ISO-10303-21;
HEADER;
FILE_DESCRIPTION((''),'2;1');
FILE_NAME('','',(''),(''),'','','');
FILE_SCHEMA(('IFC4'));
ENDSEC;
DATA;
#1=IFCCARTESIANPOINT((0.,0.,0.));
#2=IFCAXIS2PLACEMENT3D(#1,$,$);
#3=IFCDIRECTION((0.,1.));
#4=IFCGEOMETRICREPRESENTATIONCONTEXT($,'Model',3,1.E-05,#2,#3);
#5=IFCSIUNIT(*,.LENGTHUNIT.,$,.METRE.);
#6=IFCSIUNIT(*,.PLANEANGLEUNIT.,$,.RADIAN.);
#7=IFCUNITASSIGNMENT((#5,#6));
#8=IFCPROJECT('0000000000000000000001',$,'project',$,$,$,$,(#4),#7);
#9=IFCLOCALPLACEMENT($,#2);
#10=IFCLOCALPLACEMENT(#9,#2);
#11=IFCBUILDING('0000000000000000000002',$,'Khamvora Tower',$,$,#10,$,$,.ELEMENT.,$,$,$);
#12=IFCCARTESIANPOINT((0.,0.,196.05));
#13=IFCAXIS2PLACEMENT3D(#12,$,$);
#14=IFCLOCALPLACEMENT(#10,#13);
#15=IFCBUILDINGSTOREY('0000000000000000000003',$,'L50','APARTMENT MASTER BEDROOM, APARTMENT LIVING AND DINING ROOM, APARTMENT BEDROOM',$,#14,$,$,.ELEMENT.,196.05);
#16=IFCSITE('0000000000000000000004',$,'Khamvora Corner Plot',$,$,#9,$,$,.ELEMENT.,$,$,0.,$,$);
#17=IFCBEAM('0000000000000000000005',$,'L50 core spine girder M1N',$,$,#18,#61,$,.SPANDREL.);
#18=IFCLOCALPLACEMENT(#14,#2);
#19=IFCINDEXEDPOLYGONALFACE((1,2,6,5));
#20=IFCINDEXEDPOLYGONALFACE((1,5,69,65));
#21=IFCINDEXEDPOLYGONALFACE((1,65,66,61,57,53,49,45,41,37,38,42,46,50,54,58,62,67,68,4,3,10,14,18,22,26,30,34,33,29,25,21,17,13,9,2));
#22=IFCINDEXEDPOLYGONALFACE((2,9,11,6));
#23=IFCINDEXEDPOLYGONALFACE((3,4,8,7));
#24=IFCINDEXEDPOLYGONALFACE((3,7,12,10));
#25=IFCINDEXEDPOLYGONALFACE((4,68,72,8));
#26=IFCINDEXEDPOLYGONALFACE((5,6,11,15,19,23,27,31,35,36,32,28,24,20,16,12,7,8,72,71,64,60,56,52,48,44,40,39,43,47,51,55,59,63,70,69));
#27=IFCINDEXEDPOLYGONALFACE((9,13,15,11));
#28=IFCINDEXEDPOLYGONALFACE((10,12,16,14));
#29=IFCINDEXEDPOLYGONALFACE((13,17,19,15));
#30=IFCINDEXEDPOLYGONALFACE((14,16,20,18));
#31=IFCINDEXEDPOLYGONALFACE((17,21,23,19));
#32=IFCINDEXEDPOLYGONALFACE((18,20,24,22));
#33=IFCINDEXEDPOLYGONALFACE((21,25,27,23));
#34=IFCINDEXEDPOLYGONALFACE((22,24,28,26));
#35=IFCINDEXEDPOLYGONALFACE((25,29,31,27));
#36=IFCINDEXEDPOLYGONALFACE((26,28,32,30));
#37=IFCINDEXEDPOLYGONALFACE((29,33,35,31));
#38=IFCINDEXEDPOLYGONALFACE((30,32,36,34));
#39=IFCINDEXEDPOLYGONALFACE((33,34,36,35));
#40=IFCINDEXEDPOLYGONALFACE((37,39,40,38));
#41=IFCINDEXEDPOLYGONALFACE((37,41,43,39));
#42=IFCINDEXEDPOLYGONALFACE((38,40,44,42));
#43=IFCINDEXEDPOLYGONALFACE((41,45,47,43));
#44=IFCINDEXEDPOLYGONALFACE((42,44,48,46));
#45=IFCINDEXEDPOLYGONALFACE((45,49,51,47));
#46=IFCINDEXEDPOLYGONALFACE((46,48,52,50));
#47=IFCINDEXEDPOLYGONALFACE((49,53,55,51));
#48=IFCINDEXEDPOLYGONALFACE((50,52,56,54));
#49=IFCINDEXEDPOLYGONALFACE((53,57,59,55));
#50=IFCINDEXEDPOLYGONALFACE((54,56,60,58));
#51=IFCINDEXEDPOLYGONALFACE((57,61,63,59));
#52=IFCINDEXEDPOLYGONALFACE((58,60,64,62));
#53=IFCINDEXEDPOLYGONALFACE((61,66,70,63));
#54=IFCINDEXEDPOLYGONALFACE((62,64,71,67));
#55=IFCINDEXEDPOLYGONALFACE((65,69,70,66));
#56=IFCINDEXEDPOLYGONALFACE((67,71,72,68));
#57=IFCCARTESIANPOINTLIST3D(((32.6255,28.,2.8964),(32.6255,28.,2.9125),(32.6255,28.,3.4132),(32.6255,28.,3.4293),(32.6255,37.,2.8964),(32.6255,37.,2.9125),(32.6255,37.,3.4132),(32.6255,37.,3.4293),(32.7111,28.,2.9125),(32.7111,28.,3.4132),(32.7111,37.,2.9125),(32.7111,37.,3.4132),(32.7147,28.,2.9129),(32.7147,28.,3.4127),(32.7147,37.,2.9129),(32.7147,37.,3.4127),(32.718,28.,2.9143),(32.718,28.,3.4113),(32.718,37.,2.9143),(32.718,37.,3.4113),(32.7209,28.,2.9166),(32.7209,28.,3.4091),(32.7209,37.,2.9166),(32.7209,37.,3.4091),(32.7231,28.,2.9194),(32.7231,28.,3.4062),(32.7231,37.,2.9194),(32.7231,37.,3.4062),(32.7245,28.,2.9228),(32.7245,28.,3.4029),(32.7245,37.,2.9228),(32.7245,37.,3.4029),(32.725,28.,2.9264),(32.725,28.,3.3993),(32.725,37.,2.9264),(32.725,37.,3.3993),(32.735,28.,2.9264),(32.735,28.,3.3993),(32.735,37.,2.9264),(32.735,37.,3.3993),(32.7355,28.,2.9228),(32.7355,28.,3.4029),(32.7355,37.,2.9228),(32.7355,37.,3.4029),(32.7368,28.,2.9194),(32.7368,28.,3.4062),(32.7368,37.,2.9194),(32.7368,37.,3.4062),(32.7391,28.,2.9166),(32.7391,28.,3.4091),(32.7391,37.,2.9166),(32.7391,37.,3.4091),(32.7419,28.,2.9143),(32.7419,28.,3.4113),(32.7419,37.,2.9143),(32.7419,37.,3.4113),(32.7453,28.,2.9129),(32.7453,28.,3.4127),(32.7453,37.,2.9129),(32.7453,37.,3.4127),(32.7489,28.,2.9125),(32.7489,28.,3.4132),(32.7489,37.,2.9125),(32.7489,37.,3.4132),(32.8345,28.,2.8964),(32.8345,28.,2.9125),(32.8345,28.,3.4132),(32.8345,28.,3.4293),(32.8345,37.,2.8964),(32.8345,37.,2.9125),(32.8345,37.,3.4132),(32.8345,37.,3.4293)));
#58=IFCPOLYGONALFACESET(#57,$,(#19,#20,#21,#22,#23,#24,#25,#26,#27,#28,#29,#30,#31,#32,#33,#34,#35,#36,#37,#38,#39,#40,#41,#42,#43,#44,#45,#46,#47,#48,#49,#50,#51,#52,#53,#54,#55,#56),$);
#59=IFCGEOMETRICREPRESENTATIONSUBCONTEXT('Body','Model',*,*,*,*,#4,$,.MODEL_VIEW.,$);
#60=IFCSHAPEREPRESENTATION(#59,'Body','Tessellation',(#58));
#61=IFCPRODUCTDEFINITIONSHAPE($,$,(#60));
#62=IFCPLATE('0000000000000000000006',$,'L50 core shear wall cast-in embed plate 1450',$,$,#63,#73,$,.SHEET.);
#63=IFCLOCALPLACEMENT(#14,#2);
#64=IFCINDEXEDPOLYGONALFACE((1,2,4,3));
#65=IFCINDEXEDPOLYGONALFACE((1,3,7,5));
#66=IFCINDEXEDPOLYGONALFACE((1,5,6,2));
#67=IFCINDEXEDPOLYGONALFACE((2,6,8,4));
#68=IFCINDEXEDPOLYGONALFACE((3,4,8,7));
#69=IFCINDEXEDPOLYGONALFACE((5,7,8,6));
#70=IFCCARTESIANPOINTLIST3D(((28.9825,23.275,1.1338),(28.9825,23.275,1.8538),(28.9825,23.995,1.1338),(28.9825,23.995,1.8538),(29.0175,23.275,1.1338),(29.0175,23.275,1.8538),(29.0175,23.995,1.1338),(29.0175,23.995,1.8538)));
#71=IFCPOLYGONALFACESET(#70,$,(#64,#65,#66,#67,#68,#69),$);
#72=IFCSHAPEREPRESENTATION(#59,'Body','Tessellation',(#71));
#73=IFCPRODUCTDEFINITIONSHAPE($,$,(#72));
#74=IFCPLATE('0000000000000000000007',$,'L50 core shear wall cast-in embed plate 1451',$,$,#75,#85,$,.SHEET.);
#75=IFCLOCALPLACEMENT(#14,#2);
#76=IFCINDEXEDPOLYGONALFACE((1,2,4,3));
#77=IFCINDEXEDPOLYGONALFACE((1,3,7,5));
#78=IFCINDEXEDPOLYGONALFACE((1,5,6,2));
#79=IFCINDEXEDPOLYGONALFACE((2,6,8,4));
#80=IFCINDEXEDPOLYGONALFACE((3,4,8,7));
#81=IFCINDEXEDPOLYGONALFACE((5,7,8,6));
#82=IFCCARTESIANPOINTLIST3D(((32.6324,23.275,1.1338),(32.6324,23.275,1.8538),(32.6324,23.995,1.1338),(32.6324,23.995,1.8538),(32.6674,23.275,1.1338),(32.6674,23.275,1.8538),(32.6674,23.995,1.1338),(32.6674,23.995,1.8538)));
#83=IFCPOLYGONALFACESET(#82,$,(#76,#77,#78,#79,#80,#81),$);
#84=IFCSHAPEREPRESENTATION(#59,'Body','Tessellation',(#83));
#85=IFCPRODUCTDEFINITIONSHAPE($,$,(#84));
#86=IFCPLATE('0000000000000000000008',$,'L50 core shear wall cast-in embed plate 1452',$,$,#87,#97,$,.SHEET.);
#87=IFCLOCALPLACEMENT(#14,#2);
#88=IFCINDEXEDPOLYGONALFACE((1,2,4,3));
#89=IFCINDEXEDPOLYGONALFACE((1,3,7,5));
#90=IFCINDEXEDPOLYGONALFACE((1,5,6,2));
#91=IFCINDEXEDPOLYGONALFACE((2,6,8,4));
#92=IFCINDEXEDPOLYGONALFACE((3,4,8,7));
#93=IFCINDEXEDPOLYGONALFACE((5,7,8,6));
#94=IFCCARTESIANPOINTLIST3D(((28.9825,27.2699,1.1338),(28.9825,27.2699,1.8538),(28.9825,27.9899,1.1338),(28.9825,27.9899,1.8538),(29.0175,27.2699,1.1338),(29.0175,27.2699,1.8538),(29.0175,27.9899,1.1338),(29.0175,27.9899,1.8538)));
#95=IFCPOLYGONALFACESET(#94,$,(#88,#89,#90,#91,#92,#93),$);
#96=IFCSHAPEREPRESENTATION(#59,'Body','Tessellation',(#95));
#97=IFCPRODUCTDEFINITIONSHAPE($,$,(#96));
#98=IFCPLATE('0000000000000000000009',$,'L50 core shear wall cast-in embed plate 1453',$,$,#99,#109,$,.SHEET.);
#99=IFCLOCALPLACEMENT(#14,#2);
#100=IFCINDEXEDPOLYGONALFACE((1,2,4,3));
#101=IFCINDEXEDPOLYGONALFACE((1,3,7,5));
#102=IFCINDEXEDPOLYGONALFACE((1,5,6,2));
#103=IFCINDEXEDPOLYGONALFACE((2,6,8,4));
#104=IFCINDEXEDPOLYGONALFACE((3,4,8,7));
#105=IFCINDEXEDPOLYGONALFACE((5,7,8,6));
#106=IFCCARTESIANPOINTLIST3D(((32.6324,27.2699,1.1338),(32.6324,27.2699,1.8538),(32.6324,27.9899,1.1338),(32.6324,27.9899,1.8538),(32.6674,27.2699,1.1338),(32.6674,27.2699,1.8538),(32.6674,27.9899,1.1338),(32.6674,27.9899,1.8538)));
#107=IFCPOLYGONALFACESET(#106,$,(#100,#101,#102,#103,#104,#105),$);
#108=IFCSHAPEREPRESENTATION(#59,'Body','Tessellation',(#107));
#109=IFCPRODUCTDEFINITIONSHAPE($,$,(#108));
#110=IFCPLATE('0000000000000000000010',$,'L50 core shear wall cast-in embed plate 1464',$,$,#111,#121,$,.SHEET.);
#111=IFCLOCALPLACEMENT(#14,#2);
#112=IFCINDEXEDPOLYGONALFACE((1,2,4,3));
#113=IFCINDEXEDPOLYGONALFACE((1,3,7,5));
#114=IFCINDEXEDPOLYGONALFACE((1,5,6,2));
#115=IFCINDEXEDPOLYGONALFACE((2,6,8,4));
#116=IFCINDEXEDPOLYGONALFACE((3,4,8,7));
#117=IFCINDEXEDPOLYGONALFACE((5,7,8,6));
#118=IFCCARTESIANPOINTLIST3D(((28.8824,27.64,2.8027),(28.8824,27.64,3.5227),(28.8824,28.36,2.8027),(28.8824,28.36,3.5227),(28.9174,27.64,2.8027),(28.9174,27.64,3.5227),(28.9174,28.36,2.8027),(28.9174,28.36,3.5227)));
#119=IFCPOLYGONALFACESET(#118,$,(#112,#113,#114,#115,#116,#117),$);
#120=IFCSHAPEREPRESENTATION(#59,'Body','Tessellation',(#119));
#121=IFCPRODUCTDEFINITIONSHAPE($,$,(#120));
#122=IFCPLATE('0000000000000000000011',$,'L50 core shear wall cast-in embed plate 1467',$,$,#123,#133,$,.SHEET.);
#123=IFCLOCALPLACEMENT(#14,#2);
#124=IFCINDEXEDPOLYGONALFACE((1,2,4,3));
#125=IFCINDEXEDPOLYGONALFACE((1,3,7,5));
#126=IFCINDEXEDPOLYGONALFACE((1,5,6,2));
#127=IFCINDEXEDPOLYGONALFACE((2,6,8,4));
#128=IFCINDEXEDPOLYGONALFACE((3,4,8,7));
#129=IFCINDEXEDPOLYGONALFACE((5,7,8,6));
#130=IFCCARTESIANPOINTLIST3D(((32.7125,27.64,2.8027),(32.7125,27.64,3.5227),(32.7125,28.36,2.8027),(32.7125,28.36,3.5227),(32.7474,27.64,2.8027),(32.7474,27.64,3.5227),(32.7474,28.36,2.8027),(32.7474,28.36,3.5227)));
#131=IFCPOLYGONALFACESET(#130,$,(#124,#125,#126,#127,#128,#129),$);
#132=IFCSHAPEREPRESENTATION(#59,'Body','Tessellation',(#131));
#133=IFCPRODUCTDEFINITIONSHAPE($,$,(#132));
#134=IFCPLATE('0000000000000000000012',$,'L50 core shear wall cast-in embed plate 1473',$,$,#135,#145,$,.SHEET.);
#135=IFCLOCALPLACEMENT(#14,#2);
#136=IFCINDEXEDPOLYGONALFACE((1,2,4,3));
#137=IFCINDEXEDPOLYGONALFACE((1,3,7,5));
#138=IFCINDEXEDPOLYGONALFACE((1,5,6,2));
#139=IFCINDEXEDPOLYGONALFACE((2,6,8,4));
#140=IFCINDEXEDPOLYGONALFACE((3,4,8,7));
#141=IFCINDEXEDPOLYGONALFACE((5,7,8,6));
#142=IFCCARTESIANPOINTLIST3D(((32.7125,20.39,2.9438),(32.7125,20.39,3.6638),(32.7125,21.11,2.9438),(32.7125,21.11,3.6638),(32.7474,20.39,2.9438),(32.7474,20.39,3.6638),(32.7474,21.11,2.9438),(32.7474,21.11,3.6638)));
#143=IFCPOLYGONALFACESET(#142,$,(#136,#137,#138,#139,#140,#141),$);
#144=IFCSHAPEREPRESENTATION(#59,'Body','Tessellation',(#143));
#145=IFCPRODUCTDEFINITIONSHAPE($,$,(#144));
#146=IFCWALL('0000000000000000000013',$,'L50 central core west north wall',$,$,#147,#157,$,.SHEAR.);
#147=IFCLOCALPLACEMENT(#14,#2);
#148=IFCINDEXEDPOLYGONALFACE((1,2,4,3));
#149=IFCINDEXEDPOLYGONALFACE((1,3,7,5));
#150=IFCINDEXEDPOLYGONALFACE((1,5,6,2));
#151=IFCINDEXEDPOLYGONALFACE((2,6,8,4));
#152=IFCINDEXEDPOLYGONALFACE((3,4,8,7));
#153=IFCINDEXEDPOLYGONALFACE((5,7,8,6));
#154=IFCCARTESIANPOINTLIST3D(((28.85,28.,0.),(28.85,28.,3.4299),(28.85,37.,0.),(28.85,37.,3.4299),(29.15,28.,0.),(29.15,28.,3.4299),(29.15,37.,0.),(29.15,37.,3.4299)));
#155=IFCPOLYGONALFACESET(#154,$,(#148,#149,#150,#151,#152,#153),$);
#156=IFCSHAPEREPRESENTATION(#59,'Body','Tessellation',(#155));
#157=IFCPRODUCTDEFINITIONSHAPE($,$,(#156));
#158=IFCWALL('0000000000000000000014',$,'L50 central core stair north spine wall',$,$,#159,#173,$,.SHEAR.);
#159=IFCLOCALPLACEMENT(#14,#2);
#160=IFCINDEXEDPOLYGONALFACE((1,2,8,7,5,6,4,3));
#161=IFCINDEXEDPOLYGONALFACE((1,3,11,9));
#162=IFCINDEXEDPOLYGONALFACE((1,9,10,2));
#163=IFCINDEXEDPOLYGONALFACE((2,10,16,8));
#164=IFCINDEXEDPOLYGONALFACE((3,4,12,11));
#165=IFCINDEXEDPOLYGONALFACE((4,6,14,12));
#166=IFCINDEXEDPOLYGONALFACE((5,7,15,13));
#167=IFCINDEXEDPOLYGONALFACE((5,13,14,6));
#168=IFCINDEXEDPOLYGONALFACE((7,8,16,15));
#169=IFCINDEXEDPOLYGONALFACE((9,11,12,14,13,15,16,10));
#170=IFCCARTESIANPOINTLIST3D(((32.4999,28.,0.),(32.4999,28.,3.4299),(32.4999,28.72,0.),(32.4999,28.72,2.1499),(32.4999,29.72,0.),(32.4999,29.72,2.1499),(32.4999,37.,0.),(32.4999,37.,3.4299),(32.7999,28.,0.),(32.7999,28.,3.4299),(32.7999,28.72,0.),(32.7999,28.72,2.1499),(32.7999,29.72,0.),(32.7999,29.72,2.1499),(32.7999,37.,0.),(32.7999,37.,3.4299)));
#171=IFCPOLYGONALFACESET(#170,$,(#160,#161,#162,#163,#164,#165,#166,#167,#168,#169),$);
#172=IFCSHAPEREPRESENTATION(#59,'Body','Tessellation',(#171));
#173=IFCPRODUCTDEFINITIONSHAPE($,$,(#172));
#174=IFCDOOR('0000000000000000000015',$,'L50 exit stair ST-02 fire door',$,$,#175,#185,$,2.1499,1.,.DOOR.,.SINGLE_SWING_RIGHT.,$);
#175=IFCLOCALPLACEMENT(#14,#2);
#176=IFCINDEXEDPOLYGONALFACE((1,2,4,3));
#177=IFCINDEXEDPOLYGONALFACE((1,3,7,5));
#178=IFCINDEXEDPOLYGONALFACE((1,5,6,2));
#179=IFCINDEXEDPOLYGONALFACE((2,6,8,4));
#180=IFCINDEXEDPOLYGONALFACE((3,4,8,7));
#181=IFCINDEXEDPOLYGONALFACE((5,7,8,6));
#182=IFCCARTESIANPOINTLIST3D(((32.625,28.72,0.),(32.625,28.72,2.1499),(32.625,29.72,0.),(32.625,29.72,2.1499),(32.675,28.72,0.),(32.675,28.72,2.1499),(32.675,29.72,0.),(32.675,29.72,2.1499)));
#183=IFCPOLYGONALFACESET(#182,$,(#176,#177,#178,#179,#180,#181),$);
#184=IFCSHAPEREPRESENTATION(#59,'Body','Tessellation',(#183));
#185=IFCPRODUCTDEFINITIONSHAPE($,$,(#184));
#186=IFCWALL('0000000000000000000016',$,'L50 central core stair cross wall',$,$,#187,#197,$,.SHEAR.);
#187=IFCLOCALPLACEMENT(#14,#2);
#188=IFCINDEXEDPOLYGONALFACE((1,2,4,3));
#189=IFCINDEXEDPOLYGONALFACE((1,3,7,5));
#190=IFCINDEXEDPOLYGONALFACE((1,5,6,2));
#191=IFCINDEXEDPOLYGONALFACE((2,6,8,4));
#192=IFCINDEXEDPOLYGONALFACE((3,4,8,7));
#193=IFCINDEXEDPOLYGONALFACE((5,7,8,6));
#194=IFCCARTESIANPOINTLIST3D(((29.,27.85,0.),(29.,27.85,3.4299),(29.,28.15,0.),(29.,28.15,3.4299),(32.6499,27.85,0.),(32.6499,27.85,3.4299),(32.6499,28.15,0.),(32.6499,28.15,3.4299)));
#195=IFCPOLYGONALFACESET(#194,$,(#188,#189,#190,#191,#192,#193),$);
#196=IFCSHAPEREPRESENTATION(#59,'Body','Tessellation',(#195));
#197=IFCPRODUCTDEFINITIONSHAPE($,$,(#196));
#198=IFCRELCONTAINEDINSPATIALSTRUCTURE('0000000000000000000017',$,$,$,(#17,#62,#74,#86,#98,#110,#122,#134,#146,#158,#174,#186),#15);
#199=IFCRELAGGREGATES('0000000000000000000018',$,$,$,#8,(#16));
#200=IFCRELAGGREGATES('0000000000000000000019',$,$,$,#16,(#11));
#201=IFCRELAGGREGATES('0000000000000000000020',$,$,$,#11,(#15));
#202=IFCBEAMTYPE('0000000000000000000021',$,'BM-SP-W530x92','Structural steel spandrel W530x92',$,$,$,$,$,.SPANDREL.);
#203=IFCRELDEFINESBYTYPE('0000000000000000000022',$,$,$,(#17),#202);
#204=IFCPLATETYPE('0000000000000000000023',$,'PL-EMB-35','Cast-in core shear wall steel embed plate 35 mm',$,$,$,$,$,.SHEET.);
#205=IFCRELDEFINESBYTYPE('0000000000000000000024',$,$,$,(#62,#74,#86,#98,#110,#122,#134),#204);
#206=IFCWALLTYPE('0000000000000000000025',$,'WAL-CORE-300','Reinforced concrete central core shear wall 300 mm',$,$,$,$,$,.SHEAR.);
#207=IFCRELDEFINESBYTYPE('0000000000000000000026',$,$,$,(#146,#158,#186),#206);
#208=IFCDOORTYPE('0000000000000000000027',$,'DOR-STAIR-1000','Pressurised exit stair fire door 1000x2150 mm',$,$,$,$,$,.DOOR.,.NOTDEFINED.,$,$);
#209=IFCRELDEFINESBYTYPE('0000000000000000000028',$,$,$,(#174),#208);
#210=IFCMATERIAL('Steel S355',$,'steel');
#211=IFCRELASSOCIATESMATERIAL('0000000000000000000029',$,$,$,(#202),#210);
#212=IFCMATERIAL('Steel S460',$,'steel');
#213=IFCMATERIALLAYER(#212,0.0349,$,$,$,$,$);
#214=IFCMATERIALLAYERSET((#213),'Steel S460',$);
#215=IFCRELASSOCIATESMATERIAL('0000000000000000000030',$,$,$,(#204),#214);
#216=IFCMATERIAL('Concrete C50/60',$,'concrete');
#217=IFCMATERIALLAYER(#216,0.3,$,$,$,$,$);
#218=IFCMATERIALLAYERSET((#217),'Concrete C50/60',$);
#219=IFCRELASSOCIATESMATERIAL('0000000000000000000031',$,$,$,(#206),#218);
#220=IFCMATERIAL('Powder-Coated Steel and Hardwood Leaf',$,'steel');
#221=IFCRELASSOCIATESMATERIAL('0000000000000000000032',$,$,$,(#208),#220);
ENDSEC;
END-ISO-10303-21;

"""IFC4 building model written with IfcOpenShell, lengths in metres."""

from ifc_helpers import new_model, si_unit, direction, frame, frame_2d, origin, origin_2d, place, context, subcontext, project, spatial, rectangle, i_section, extrude, material, layer, layer_set, material_profile, profile_set, type_object, element, fill, save


model = new_model("IFC4")

# Units and contexts
model_context = context("Model", 3, precision=1e-05, world=origin(), true_north=direction((0.0, 1.0)))
body_context = subcontext(model_context, "Body", "Model", "MODEL_VIEW")
ifc_project = project(units=[si_unit("LENGTHUNIT", "METRE"), si_unit("PLANEANGLEUNIT", "RADIAN")], contexts=[model_context])

# Site, building, storey
site_placement = place(None, origin())
site = spatial("IfcSite", under=ifc_project, at=site_placement, Name="Khamvora Corner Plot", CompositionType="ELEMENT", RefElevation=0.0)
building_placement = place(site_placement, origin())
building = spatial("IfcBuilding", under=site, at=building_placement, Name="Khamvora Tower", CompositionType="ELEMENT")
storey_placement = place(building_placement, frame((0.0, 0.0, 196.05)))
storey = spatial("IfcBuildingStorey", under=building, at=storey_placement, Name="L50", Description="APARTMENT MASTER BEDROOM, APARTMENT LIVING AND DINING ROOM, APARTMENT BEDROOM", CompositionType="ELEMENT", Elevation=196.05)

# Shared definitions
ifc_material_1 = material(Name="Steel S460", Category="steel")

# Beam
ifc_material_2 = material(Name="Steel S355", Category="steel")
ifc_material_profile_1 = material_profile(ifc_material_2, i_section(OverallWidth=0.209, OverallDepth=0.533, WebThickness=0.01, FlangeThickness=0.0161, FilletRadius=0.0139, at=origin_2d()), Name="W530x92")
ifc_profile_set_1 = profile_set([ifc_material_profile_1], Name="Steel S355")
beam_type_1 = type_object("IfcBeamType", Name="BM-SP-W530x92", Description="Structural steel spandrel W530x92", PredefinedType="SPANDREL", material=ifc_profile_set_1)
beam_1_placement = place(storey_placement, frame((32.73, 28.0, 3.1628), z_axis=(0.0, 1.0, 0.0), x_axis=(-1.0, 0.0, 0.0)))
element("IfcBeam", 1, at=beam_1_placement, inside=storey, type_object=beam_type_1, Name="L50 core spine girder M1N", PredefinedType="SPANDREL", context=body_context, shape_type="SweptSolid", body=[
    extrude(i_section(OverallWidth=0.209, OverallDepth=0.533, WebThickness=0.01, FlangeThickness=0.0161, FilletRadius=0.0139, at=origin_2d()), origin(), (0.0, 0.0, 1.0), 9.0),
])

# Plates
ifc_layer_1 = layer(ifc_material_1, 0.0349)
ifc_layer_set_1 = layer_set([ifc_layer_1], Name="Steel S460")
plate_type = type_object("IfcPlateType", Name="PL-EMB-35", Description="Cast-in core shear wall steel embed plate 35 mm", PredefinedType="SHEET", material=ifc_layer_set_1)
for number, where, z_axis, x_axis, name in (
    (2, (29.0, 23.635, 1.1338), (0.0, 0.0, 1.0), (1.0, 0.0, 0.0), "L50 core shear wall cast-in embed plate 1450"),
    (3, (32.6499, 23.635, 1.1338), (0.0, 0.0, 1.0), (1.0, 0.0, 0.0), "L50 core shear wall cast-in embed plate 1451"),
    (4, (29.0, 27.6299, 1.1338), (0.0, 0.0, 1.0), (1.0, 0.0, 0.0), "L50 core shear wall cast-in embed plate 1452"),
    (5, (32.6499, 27.6299, 1.1338), (0.0, 0.0, 1.0), (1.0, 0.0, 0.0), "L50 core shear wall cast-in embed plate 1453"),
    (6, (28.8999, 28.0, 2.8027), (0.0, 0.0, 1.0), (1.0, 0.0, 0.0), "L50 core shear wall cast-in embed plate 1464"),
    (7, (32.73, 28.0, 2.8027), (0.0, 0.0, 1.0), (1.0, 0.0, 0.0), "L50 core shear wall cast-in embed plate 1467"),
    (8, (32.73, 20.75, 2.9438), (0.0, 0.0, 1.0), (1.0, 0.0, 0.0), "L50 core shear wall cast-in embed plate 1473"),
):
    element("IfcPlate", number, at=place(storey_placement, frame(where, z_axis=z_axis, x_axis=x_axis)), inside=storey, type_object=plate_type, Name=name, PredefinedType="SHEET", context=body_context, shape_type="SweptSolid", body=[
        extrude(rectangle(XDim=0.0349, YDim=0.72, at=origin_2d()), origin(), (0.0, 0.0, 1.0), 0.72),
    ])

# Wall
ifc_material_3 = material(Name="Concrete C50/60", Category="concrete")
ifc_layer_2 = layer(ifc_material_3, 0.3)
ifc_layer_set_2 = layer_set([ifc_layer_2], Name="Concrete C50/60")
wall_type = type_object("IfcWallType", Name="WAL-CORE-300", Description="Reinforced concrete central core shear wall 300 mm", PredefinedType="SHEAR", material=ifc_layer_set_2)
wall_1_placement = place(storey_placement, frame((29.0, 28.0, 0.0), z_axis=(0.0, 0.0, 1.0), x_axis=(0.0, 1.0, 0.0)))
element("IfcWall", 9, at=wall_1_placement, inside=storey, type_object=wall_type, Name="L50 central core west north wall", PredefinedType="SHEAR", context=body_context, shape_type="SweptSolid", body=[
    extrude(rectangle(XDim=9.0, YDim=0.3, at=frame_2d((4.5, 0.0))), origin(), (0.0, 0.0, 1.0), 3.4299),
])

# Wall, opening, door
wall_2_placement = place(storey_placement, frame((32.6499, 28.0, 0.0), z_axis=(0.0, 0.0, 1.0), x_axis=(0.0, 1.0, 0.0)))
wall_2 = element("IfcWall", 10, at=wall_2_placement, inside=storey, type_object=wall_type, Name="L50 central core stair north spine wall", PredefinedType="SHEAR", context=body_context, shape_type="SweptSolid", body=[
    extrude(rectangle(XDim=9.0, YDim=0.3, at=frame_2d((4.5, 0.0))), origin(), (0.0, 0.0, 1.0), 3.4299),
])
opening_1_placement = place(wall_2_placement, frame((0.72, 0.0, 0.0)))
opening_1 = element("IfcOpeningElement", 11, at=opening_1_placement, cuts=wall_2, PredefinedType="OPENING", context=body_context, shape_type="SweptSolid", body=[
    extrude(rectangle(XDim=1.0, YDim=2.1499, at=frame_2d((0.5, 1.075))), frame((0.0, 0.1599, 0.0), z_axis=(0.0, -1.0, 0.0), x_axis=(1.0, 0.0, 0.0)), (0.0, 0.0, 1.0), 0.3201),
])
ifc_material_4 = material(Name="Powder-Coated Steel and Hardwood Leaf", Category="steel")
door_type_1 = type_object("IfcDoorType", Name="DOR-STAIR-1000", Description="Pressurised exit stair fire door 1000x2150 mm", OperationType="NOTDEFINED", PredefinedType="DOOR", material=ifc_material_4)
door_1_placement = place(opening_1_placement, origin())
door_1 = element("IfcDoor", 12, at=door_1_placement, inside=storey, type_object=door_type_1, Name="L50 exit stair ST-02 fire door", OperationType="SINGLE_SWING_RIGHT", OverallHeight=2.1499, OverallWidth=1.0, PredefinedType="DOOR", context=body_context, shape_type="SweptSolid", body=[
    extrude(rectangle(XDim=1.0, YDim=2.1499, at=frame_2d((0.5, 1.075))), frame((0.0, 0.0249, 0.0), z_axis=(0.0, -1.0, 0.0), x_axis=(1.0, 0.0, 0.0)), (0.0, 0.0, 1.0), 0.05),
])
fill(opening_1, door_1)

# Wall
wall_3_placement = place(storey_placement, frame((29.0, 28.0, 0.0), z_axis=(0.0, 0.0, 1.0), x_axis=(1.0, 0.0, 0.0)))
element("IfcWall", 13, at=wall_3_placement, inside=storey, type_object=wall_type, Name="L50 central core stair cross wall", PredefinedType="SHEAR", context=body_context, shape_type="SweptSolid", body=[
    extrude(rectangle(XDim=3.6499, YDim=0.3, at=frame_2d((1.825, 0.0))), origin(), (0.0, 0.0, 1.0), 3.4299),
])

save(model, "model.ifc")
